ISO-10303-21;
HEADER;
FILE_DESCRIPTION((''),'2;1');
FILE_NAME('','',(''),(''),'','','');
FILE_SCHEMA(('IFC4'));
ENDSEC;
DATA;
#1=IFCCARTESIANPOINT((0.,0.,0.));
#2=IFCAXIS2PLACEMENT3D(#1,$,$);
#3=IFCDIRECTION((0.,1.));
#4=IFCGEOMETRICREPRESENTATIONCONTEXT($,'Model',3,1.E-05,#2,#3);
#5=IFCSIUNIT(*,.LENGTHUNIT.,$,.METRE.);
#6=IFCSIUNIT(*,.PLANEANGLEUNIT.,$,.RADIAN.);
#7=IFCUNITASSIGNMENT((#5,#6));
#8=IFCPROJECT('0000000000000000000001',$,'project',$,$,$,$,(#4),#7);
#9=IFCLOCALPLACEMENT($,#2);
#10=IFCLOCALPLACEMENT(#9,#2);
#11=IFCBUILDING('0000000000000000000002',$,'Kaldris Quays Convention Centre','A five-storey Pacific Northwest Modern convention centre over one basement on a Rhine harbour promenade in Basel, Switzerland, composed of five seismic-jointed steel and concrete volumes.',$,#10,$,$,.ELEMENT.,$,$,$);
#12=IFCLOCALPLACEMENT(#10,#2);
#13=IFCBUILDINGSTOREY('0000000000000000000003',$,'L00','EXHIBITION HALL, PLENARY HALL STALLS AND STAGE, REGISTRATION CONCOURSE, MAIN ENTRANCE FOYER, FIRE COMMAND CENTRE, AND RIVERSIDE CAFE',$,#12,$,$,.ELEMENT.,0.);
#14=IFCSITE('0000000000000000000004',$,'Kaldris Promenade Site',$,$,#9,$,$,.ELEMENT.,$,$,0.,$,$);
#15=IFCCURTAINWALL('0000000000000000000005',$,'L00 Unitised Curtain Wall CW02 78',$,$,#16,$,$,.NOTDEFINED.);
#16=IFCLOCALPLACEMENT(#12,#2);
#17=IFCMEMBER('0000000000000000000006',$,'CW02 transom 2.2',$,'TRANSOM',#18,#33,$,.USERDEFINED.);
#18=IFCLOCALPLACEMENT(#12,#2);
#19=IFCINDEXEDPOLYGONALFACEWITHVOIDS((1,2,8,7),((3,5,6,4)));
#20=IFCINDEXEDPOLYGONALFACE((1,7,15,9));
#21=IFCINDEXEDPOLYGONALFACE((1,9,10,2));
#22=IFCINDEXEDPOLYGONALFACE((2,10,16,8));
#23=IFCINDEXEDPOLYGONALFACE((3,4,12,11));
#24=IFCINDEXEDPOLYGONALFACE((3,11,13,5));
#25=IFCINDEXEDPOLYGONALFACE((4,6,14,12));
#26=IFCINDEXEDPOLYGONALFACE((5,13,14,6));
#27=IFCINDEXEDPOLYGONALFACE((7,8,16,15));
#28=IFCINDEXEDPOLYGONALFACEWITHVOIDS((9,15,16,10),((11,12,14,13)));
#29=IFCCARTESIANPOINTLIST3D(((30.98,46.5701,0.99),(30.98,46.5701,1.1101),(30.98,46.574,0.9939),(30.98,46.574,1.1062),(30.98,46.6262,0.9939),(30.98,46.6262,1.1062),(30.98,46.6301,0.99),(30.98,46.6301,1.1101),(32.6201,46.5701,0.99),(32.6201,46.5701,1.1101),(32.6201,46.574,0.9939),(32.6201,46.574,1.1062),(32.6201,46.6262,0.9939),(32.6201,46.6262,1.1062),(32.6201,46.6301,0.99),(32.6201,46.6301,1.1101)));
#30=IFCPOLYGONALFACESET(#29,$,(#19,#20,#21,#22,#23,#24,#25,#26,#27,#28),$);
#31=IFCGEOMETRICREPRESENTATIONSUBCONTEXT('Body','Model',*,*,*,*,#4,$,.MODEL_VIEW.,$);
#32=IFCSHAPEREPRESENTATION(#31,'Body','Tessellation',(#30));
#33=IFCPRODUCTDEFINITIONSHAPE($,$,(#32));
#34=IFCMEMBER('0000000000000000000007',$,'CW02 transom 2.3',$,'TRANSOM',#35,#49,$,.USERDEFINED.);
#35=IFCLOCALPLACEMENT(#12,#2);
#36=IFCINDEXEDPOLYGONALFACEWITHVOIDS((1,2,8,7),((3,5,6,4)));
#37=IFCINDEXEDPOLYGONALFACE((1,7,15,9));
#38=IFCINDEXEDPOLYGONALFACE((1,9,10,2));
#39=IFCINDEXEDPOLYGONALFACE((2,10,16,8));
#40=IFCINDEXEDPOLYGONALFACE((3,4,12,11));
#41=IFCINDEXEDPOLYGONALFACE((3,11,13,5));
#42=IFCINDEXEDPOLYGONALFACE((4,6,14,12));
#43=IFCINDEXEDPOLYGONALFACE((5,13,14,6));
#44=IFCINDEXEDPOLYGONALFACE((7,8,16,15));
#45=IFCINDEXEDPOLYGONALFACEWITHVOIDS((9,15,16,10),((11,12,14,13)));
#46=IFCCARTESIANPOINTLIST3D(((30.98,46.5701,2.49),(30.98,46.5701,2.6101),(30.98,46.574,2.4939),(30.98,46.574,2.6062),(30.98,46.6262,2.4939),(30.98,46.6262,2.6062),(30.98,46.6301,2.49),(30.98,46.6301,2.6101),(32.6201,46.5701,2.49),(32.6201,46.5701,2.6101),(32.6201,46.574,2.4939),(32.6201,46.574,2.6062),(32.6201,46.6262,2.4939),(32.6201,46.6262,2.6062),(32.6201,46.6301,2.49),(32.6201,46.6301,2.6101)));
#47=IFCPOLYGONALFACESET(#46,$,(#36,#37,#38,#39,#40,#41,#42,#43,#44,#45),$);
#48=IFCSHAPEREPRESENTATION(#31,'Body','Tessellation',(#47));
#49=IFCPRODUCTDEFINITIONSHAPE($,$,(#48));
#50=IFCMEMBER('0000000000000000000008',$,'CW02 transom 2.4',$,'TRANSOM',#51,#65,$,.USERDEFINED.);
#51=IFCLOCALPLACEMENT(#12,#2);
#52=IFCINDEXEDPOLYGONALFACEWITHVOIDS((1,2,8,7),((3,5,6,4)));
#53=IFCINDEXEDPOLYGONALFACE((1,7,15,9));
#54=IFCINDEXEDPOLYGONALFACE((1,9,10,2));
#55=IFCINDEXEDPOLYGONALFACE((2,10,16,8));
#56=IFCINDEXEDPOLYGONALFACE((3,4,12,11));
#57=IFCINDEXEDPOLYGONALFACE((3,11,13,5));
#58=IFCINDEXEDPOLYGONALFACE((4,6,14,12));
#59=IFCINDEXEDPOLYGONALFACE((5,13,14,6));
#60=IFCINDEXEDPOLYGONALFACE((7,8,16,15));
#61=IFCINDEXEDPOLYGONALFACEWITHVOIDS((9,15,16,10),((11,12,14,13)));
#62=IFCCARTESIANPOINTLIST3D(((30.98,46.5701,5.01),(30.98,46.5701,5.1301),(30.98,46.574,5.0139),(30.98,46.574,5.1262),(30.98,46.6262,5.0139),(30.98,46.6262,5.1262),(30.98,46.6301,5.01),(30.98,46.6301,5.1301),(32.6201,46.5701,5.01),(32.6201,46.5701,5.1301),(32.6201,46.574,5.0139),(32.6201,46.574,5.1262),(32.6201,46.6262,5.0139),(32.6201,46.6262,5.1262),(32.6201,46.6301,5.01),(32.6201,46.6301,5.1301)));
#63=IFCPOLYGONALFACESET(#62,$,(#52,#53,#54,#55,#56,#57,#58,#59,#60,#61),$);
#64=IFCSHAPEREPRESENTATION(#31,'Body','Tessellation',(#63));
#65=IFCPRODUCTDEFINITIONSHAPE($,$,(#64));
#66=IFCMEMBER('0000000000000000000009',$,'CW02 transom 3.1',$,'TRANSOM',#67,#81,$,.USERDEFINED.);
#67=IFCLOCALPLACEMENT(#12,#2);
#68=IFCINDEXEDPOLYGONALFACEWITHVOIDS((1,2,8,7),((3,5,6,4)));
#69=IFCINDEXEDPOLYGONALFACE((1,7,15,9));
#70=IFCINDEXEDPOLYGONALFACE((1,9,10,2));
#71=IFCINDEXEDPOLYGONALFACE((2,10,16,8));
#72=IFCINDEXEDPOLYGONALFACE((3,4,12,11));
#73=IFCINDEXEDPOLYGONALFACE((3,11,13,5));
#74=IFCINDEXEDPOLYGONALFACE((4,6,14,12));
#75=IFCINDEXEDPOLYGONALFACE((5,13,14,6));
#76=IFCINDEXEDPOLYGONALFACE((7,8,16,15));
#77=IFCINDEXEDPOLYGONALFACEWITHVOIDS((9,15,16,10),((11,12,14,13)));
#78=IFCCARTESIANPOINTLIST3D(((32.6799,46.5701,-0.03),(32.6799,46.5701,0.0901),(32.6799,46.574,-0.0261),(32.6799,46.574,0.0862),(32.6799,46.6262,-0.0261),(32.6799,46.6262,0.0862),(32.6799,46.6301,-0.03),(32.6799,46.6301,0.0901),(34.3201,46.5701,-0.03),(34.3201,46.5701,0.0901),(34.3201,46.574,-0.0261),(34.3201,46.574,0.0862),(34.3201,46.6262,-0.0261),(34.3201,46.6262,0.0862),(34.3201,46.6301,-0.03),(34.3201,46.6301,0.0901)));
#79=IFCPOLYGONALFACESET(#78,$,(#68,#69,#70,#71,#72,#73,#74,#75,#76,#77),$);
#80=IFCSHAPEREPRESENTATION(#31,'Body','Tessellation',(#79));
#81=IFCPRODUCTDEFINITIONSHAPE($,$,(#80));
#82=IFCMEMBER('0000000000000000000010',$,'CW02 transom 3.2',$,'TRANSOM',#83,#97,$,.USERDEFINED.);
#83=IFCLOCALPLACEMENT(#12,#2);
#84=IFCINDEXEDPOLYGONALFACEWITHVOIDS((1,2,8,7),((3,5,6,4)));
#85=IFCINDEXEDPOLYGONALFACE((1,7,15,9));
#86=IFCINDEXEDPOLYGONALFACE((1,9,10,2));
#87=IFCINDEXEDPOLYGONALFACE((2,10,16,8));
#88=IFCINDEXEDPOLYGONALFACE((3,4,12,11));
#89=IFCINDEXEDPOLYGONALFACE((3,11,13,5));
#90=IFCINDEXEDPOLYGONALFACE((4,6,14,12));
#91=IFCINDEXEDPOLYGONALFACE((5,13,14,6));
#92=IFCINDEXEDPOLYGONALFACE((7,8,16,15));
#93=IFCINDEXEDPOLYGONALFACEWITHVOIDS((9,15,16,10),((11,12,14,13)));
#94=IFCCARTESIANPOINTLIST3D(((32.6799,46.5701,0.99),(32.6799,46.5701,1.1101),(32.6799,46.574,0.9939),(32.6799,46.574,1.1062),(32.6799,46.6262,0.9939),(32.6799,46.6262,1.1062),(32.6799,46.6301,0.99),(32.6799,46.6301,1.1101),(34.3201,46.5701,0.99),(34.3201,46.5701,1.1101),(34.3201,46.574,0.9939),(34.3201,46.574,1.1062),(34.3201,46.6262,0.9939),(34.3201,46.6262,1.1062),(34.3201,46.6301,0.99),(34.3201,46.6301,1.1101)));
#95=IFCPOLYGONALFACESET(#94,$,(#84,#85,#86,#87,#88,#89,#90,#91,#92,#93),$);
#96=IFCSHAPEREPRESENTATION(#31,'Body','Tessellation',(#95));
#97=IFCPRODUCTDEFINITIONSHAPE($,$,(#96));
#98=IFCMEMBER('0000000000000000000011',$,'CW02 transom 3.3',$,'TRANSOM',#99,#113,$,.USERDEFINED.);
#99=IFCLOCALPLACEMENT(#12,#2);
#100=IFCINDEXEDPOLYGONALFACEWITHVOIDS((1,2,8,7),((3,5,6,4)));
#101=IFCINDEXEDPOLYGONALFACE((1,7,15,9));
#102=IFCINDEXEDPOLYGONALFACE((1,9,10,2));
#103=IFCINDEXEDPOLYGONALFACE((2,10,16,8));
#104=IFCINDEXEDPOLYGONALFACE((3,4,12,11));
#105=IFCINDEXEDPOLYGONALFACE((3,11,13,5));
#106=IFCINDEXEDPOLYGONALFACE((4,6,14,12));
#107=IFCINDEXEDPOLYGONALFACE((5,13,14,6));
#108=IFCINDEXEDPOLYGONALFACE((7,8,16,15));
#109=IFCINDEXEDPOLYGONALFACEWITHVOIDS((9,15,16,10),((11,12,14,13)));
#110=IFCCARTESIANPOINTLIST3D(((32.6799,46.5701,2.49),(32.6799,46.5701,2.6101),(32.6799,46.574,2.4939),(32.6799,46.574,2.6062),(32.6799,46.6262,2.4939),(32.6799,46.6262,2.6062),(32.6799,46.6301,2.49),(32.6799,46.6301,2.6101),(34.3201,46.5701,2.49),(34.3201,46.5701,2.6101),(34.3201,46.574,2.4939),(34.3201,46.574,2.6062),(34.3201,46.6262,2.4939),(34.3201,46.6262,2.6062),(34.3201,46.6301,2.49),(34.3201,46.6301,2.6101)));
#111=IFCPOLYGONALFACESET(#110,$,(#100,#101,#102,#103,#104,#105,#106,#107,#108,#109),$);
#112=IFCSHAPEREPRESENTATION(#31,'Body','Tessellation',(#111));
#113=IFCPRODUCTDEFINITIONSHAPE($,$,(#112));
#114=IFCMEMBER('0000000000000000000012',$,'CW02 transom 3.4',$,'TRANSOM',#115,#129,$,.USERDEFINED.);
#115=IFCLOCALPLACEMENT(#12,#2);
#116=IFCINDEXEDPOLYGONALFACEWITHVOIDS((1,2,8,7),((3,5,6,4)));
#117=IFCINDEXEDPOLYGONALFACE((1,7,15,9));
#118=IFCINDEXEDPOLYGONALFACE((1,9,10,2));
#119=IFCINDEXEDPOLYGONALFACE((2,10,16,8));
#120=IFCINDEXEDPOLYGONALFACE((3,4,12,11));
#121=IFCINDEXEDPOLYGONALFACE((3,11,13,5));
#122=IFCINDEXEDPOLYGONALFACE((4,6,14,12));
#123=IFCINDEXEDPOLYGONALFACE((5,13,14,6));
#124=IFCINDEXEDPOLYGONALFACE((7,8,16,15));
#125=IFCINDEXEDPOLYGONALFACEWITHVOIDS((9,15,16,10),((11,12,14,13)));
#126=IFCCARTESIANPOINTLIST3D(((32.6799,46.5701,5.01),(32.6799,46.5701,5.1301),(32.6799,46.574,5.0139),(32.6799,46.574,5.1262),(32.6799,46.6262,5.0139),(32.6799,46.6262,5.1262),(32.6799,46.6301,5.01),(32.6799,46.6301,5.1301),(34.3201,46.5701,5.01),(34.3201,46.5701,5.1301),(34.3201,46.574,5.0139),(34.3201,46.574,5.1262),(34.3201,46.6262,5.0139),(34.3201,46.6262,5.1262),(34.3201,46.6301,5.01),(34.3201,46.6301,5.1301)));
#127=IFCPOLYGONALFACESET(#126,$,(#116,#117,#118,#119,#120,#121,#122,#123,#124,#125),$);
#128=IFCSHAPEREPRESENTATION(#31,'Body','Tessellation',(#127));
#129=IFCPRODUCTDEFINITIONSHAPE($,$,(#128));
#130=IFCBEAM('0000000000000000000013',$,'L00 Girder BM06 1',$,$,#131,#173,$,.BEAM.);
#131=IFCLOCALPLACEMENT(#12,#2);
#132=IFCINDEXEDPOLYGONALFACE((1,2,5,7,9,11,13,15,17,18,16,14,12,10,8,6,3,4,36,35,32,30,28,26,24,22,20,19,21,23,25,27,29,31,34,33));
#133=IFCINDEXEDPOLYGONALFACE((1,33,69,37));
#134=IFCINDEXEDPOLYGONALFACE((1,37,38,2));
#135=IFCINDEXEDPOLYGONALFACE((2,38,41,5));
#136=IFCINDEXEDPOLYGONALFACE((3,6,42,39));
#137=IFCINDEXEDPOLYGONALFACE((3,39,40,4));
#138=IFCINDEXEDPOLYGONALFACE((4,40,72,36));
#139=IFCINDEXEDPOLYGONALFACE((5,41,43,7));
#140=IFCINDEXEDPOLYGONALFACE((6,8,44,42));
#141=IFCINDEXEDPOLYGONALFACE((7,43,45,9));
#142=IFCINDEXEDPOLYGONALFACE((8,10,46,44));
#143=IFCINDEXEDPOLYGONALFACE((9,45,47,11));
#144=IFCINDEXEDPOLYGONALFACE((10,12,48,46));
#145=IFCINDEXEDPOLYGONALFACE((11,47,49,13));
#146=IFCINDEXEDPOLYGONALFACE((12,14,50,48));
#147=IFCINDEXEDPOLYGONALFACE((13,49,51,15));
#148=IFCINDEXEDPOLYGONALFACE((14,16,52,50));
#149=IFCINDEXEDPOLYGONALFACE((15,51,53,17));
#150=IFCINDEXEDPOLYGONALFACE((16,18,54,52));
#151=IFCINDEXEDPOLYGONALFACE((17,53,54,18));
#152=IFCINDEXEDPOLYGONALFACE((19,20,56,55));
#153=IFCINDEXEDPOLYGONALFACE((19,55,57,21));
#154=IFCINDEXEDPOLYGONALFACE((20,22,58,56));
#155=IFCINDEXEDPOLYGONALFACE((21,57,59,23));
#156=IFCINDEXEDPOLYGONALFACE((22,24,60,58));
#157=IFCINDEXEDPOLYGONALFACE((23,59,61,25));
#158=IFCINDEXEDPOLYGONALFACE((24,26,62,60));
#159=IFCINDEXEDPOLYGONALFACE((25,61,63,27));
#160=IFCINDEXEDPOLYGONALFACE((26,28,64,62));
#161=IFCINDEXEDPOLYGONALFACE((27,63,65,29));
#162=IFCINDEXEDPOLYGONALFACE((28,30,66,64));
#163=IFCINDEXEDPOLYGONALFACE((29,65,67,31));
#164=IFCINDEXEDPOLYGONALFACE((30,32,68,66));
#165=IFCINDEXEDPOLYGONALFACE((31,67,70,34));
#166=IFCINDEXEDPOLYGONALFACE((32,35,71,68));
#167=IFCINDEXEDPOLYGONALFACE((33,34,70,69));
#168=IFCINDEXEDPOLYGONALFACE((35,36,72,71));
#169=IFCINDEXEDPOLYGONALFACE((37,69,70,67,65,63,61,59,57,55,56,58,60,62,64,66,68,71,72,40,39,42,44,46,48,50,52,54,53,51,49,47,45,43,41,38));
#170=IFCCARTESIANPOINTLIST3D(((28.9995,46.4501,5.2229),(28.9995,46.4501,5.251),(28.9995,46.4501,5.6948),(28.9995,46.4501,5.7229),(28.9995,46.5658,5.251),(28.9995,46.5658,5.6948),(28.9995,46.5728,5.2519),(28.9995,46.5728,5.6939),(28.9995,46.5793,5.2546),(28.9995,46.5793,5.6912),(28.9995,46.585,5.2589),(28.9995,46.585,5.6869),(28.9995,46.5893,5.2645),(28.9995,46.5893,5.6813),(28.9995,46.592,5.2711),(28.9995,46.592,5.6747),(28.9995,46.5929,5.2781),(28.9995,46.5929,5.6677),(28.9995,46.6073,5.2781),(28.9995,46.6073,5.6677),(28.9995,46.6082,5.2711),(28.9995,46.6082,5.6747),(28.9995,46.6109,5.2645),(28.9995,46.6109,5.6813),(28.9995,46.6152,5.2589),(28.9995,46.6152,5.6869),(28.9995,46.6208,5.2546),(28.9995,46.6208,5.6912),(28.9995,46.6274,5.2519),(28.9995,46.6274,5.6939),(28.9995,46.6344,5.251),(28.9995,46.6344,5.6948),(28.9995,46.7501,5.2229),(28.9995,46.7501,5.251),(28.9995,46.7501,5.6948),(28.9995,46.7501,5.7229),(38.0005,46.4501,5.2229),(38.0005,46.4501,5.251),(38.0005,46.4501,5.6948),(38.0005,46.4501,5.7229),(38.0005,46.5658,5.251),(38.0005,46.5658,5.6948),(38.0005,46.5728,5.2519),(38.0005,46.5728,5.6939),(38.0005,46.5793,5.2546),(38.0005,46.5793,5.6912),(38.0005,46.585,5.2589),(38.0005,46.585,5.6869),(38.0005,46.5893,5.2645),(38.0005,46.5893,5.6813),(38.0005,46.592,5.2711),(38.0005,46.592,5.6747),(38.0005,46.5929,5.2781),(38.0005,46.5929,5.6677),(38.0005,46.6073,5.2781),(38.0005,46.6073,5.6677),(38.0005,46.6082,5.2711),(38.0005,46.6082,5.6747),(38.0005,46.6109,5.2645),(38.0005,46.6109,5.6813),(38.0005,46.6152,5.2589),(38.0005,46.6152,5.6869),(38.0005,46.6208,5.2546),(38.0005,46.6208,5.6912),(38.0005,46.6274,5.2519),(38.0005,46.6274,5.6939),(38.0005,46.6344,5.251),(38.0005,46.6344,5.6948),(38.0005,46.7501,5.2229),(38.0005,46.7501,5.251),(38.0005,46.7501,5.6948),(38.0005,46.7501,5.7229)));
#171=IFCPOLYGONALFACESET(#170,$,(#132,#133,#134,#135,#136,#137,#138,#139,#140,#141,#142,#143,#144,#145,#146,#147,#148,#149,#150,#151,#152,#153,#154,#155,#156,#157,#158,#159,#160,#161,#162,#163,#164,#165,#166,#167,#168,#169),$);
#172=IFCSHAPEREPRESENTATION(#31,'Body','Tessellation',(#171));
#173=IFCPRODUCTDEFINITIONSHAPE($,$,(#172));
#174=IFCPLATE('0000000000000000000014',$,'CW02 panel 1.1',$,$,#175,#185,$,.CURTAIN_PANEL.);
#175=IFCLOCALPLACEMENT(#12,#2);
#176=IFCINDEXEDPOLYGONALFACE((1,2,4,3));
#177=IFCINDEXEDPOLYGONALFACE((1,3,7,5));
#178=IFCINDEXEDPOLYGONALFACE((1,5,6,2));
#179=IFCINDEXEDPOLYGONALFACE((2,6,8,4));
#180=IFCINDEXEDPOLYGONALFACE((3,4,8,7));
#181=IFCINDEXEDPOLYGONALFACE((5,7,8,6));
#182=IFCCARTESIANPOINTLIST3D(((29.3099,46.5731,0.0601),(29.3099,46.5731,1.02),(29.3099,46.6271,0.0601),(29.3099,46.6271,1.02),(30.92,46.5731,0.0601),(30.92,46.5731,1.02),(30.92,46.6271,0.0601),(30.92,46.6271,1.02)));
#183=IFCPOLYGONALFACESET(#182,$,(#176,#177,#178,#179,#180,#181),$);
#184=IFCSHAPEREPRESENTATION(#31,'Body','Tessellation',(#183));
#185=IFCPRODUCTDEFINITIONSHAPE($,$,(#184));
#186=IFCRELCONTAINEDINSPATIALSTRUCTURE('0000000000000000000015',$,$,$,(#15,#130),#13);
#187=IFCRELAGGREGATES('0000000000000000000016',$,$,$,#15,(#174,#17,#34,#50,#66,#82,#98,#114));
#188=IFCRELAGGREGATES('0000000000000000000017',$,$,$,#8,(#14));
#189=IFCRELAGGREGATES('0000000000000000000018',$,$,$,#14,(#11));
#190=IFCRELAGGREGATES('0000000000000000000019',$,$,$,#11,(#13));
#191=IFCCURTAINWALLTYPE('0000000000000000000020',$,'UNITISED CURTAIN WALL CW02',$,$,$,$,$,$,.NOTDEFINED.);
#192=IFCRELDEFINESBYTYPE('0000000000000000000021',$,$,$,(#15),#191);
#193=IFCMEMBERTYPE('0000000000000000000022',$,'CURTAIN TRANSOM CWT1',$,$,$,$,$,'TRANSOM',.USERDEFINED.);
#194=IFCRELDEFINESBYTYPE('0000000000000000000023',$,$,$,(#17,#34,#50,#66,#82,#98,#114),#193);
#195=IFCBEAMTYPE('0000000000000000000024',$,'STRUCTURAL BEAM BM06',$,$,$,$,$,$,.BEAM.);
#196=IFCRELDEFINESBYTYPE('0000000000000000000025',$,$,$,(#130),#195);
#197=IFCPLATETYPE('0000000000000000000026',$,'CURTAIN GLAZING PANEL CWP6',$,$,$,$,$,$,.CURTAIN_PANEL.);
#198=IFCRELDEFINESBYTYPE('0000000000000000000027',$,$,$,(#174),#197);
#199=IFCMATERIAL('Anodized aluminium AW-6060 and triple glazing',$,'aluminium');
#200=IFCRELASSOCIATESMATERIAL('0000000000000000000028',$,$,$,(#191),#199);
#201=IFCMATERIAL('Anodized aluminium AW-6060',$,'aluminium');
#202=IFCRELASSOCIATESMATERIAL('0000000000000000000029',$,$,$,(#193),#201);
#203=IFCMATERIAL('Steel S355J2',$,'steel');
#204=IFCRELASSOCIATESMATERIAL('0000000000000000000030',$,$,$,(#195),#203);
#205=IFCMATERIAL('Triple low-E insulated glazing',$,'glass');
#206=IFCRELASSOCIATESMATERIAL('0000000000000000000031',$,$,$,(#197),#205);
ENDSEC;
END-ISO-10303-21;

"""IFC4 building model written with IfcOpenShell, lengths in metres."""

from ifc_helpers import new_model, si_unit, direction, frame, origin, origin_2d, place, context, subcontext, project, spatial, rectangle, hollow_rectangle, i_section, extrude, material, material_profile, profile_set, type_object, element, aggregate, save


model = new_model("IFC4")

# Units and contexts
model_context = context("Model", 3, precision=1e-05, world=origin(), true_north=direction((0.0, 1.0)))
body_context = subcontext(model_context, "Body", "Model", "MODEL_VIEW")
ifc_project = project(units=[si_unit("LENGTHUNIT", "METRE"), si_unit("PLANEANGLEUNIT", "RADIAN")], contexts=[model_context])

# Site, building, storey
site_placement = place(None, origin())
site = spatial("IfcSite", under=ifc_project, at=site_placement, Name="Kaldris Promenade Site", CompositionType="ELEMENT", RefElevation=0.0)
building_placement = place(site_placement, origin())
building = spatial("IfcBuilding", under=site, at=building_placement, Name="Kaldris Quays Convention Centre", Description="A five-storey Pacific Northwest Modern convention centre over one basement on a Rhine harbour promenade in Basel, Switzerland, composed of five seismic-jointed steel and concrete volumes.", CompositionType="ELEMENT")
storey_placement = place(building_placement, origin())
storey = spatial("IfcBuildingStorey", under=building, at=storey_placement, Name="L00", Description="EXHIBITION HALL, PLENARY HALL STALLS AND STAGE, REGISTRATION CONCOURSE, MAIN ENTRANCE FOYER, FIRE COMMAND CENTRE, AND RIVERSIDE CAFE", CompositionType="ELEMENT", Elevation=0.0)

# Shared definitions
ifc_material_1 = material(Name="Steel S355J2", Category="steel")

# Curtain wall, members
ifc_material_2 = material(Name="Anodized aluminium AW-6060 and triple glazing", Category="aluminium")
curtain_wall_type = type_object("IfcCurtainWallType", Name="UNITISED CURTAIN WALL CW02", PredefinedType="NOTDEFINED", material=ifc_material_2)
curtain_wall_placement = place(storey_placement, origin())
curtain_wall = element("IfcCurtainWall", 1, at=curtain_wall_placement, inside=storey, type_object=curtain_wall_type, Name="L00 Unitised Curtain Wall CW02 78", PredefinedType="NOTDEFINED")
ifc_material_3 = material(Name="Anodized aluminium AW-6060", Category="aluminium")
ifc_material_profile_1 = material_profile(ifc_material_3, hollow_rectangle(XDim=0.0601, YDim=0.1201, WallThickness=0.0039, at=origin_2d()), Name="RHS 120x60x4")
ifc_profile_set_1 = profile_set([ifc_material_profile_1], Name="Anodized aluminium AW-6060")
member_type_1 = type_object("IfcMemberType", Name="CURTAIN TRANSOM CWT1", ElementType="TRANSOM", PredefinedType="USERDEFINED", material=ifc_profile_set_1)
member_1_placement = place(storey_placement, frame((30.98, 46.6001, 1.05), z_axis=(1.0, 0.0, 0.0), x_axis=(0.0, 1.0, 0.0)))
member_1 = element("IfcMember", 2, at=member_1_placement, type_object=member_type_1, Name="CW02 transom 2.2", ObjectType="TRANSOM", PredefinedType="USERDEFINED", context=body_context, shape_type="SweptSolid", body=[
    extrude(hollow_rectangle(XDim=0.0601, YDim=0.1201, WallThickness=0.0039, at=origin_2d()), origin(), (0.0, 0.0, 1.0), 1.6401),
])
member_2_placement = place(storey_placement, frame((30.98, 46.6001, 2.55), z_axis=(1.0, 0.0, 0.0), x_axis=(0.0, 1.0, 0.0)))
member_2 = element("IfcMember", 3, at=member_2_placement, type_object=member_type_1, Name="CW02 transom 2.3", ObjectType="TRANSOM", PredefinedType="USERDEFINED", context=body_context, shape_type="SweptSolid", body=[
    extrude(hollow_rectangle(XDim=0.0601, YDim=0.1201, WallThickness=0.0039, at=origin_2d()), origin(), (0.0, 0.0, 1.0), 1.6401),
])
member_3_placement = place(storey_placement, frame((30.98, 46.6001, 5.0701), z_axis=(1.0, 0.0, 0.0), x_axis=(0.0, 1.0, 0.0)))
member_3 = element("IfcMember", 4, at=member_3_placement, type_object=member_type_1, Name="CW02 transom 2.4", ObjectType="TRANSOM", PredefinedType="USERDEFINED", context=body_context, shape_type="SweptSolid", body=[
    extrude(hollow_rectangle(XDim=0.0601, YDim=0.1201, WallThickness=0.0039, at=origin_2d()), origin(), (0.0, 0.0, 1.0), 1.6401),
])
member_4_placement = place(storey_placement, frame((32.6799, 46.6001, 0.03), z_axis=(1.0, 0.0, 0.0), x_axis=(0.0, 1.0, 0.0)))
member_4 = element("IfcMember", 5, at=member_4_placement, type_object=member_type_1, Name="CW02 transom 3.1", ObjectType="TRANSOM", PredefinedType="USERDEFINED", context=body_context, shape_type="SweptSolid", body=[
    extrude(hollow_rectangle(XDim=0.0601, YDim=0.1201, WallThickness=0.0039, at=origin_2d()), origin(), (0.0, 0.0, 1.0), 1.6401),
])
member_5_placement = place(storey_placement, frame((32.6799, 46.6001, 1.05), z_axis=(1.0, 0.0, 0.0), x_axis=(0.0, 1.0, 0.0)))
member_5 = element("IfcMember", 6, at=member_5_placement, type_object=member_type_1, Name="CW02 transom 3.2", ObjectType="TRANSOM", PredefinedType="USERDEFINED", context=body_context, shape_type="SweptSolid", body=[
    extrude(hollow_rectangle(XDim=0.0601, YDim=0.1201, WallThickness=0.0039, at=origin_2d()), origin(), (0.0, 0.0, 1.0), 1.6401),
])
member_6_placement = place(storey_placement, frame((32.6799, 46.6001, 2.55), z_axis=(1.0, 0.0, 0.0), x_axis=(0.0, 1.0, 0.0)))
member_6 = element("IfcMember", 7, at=member_6_placement, type_object=member_type_1, Name="CW02 transom 3.3", ObjectType="TRANSOM", PredefinedType="USERDEFINED", context=body_context, shape_type="SweptSolid", body=[
    extrude(hollow_rectangle(XDim=0.0601, YDim=0.1201, WallThickness=0.0039, at=origin_2d()), origin(), (0.0, 0.0, 1.0), 1.6401),
])
member_7_placement = place(storey_placement, frame((32.6799, 46.6001, 5.0701), z_axis=(1.0, 0.0, 0.0), x_axis=(0.0, 1.0, 0.0)))
member_7 = element("IfcMember", 8, at=member_7_placement, type_object=member_type_1, Name="CW02 transom 3.4", ObjectType="TRANSOM", PredefinedType="USERDEFINED", context=body_context, shape_type="SweptSolid", body=[
    extrude(hollow_rectangle(XDim=0.0601, YDim=0.1201, WallThickness=0.0039, at=origin_2d()), origin(), (0.0, 0.0, 1.0), 1.6401),
])

# Beam
ifc_material_profile_2 = material_profile(ifc_material_1, i_section(OverallWidth=0.3, OverallDepth=0.5, WebThickness=0.0144, FlangeThickness=0.0281, FilletRadius=0.0271, at=origin_2d()), Name="HEB 500")
ifc_profile_set_2 = profile_set([ifc_material_profile_2], Name="Steel S355J2")
beam_type = type_object("IfcBeamType", Name="STRUCTURAL BEAM BM06", PredefinedType="BEAM", material=ifc_profile_set_2)
beam_placement = place(storey_placement, frame((28.9995, 46.6001, 5.4729), z_axis=(1.0, 0.0, 0.0), x_axis=(0.0, 1.0, 0.0)))
element("IfcBeam", 9, at=beam_placement, inside=storey, type_object=beam_type, Name="L00 Girder BM06 1", PredefinedType="BEAM", context=body_context, shape_type="SweptSolid", body=[
    extrude(i_section(OverallWidth=0.3, OverallDepth=0.5, WebThickness=0.0144, FlangeThickness=0.0281, FilletRadius=0.0271, at=origin_2d()), origin(), (0.0, 0.0, 1.0), 9.001),
])

# Plate
ifc_material_4 = material(Name="Triple low-E insulated glazing", Category="glass")
plate_type = type_object("IfcPlateType", Name="CURTAIN GLAZING PANEL CWP6", PredefinedType="CURTAIN_PANEL", material=ifc_material_4)
plate_1_placement = place(storey_placement, frame((30.115, 46.6001, 0.0601), z_axis=(0.0, 0.0, 1.0), x_axis=(1.0, 0.0, 0.0)))
plate_1 = element("IfcPlate", 10, at=plate_1_placement, type_object=plate_type, Name="CW02 panel 1.1", PredefinedType="CURTAIN_PANEL", context=body_context, shape_type="SweptSolid", body=[
    extrude(rectangle(XDim=1.6101, YDim=0.054, at=origin_2d()), origin(), (0.0, 0.0, 1.0), 0.96),
])
aggregate(curtain_wall, [plate_1, member_1, member_2, member_3, member_4, member_5, member_6, member_7])

save(model, "model.ifc")
